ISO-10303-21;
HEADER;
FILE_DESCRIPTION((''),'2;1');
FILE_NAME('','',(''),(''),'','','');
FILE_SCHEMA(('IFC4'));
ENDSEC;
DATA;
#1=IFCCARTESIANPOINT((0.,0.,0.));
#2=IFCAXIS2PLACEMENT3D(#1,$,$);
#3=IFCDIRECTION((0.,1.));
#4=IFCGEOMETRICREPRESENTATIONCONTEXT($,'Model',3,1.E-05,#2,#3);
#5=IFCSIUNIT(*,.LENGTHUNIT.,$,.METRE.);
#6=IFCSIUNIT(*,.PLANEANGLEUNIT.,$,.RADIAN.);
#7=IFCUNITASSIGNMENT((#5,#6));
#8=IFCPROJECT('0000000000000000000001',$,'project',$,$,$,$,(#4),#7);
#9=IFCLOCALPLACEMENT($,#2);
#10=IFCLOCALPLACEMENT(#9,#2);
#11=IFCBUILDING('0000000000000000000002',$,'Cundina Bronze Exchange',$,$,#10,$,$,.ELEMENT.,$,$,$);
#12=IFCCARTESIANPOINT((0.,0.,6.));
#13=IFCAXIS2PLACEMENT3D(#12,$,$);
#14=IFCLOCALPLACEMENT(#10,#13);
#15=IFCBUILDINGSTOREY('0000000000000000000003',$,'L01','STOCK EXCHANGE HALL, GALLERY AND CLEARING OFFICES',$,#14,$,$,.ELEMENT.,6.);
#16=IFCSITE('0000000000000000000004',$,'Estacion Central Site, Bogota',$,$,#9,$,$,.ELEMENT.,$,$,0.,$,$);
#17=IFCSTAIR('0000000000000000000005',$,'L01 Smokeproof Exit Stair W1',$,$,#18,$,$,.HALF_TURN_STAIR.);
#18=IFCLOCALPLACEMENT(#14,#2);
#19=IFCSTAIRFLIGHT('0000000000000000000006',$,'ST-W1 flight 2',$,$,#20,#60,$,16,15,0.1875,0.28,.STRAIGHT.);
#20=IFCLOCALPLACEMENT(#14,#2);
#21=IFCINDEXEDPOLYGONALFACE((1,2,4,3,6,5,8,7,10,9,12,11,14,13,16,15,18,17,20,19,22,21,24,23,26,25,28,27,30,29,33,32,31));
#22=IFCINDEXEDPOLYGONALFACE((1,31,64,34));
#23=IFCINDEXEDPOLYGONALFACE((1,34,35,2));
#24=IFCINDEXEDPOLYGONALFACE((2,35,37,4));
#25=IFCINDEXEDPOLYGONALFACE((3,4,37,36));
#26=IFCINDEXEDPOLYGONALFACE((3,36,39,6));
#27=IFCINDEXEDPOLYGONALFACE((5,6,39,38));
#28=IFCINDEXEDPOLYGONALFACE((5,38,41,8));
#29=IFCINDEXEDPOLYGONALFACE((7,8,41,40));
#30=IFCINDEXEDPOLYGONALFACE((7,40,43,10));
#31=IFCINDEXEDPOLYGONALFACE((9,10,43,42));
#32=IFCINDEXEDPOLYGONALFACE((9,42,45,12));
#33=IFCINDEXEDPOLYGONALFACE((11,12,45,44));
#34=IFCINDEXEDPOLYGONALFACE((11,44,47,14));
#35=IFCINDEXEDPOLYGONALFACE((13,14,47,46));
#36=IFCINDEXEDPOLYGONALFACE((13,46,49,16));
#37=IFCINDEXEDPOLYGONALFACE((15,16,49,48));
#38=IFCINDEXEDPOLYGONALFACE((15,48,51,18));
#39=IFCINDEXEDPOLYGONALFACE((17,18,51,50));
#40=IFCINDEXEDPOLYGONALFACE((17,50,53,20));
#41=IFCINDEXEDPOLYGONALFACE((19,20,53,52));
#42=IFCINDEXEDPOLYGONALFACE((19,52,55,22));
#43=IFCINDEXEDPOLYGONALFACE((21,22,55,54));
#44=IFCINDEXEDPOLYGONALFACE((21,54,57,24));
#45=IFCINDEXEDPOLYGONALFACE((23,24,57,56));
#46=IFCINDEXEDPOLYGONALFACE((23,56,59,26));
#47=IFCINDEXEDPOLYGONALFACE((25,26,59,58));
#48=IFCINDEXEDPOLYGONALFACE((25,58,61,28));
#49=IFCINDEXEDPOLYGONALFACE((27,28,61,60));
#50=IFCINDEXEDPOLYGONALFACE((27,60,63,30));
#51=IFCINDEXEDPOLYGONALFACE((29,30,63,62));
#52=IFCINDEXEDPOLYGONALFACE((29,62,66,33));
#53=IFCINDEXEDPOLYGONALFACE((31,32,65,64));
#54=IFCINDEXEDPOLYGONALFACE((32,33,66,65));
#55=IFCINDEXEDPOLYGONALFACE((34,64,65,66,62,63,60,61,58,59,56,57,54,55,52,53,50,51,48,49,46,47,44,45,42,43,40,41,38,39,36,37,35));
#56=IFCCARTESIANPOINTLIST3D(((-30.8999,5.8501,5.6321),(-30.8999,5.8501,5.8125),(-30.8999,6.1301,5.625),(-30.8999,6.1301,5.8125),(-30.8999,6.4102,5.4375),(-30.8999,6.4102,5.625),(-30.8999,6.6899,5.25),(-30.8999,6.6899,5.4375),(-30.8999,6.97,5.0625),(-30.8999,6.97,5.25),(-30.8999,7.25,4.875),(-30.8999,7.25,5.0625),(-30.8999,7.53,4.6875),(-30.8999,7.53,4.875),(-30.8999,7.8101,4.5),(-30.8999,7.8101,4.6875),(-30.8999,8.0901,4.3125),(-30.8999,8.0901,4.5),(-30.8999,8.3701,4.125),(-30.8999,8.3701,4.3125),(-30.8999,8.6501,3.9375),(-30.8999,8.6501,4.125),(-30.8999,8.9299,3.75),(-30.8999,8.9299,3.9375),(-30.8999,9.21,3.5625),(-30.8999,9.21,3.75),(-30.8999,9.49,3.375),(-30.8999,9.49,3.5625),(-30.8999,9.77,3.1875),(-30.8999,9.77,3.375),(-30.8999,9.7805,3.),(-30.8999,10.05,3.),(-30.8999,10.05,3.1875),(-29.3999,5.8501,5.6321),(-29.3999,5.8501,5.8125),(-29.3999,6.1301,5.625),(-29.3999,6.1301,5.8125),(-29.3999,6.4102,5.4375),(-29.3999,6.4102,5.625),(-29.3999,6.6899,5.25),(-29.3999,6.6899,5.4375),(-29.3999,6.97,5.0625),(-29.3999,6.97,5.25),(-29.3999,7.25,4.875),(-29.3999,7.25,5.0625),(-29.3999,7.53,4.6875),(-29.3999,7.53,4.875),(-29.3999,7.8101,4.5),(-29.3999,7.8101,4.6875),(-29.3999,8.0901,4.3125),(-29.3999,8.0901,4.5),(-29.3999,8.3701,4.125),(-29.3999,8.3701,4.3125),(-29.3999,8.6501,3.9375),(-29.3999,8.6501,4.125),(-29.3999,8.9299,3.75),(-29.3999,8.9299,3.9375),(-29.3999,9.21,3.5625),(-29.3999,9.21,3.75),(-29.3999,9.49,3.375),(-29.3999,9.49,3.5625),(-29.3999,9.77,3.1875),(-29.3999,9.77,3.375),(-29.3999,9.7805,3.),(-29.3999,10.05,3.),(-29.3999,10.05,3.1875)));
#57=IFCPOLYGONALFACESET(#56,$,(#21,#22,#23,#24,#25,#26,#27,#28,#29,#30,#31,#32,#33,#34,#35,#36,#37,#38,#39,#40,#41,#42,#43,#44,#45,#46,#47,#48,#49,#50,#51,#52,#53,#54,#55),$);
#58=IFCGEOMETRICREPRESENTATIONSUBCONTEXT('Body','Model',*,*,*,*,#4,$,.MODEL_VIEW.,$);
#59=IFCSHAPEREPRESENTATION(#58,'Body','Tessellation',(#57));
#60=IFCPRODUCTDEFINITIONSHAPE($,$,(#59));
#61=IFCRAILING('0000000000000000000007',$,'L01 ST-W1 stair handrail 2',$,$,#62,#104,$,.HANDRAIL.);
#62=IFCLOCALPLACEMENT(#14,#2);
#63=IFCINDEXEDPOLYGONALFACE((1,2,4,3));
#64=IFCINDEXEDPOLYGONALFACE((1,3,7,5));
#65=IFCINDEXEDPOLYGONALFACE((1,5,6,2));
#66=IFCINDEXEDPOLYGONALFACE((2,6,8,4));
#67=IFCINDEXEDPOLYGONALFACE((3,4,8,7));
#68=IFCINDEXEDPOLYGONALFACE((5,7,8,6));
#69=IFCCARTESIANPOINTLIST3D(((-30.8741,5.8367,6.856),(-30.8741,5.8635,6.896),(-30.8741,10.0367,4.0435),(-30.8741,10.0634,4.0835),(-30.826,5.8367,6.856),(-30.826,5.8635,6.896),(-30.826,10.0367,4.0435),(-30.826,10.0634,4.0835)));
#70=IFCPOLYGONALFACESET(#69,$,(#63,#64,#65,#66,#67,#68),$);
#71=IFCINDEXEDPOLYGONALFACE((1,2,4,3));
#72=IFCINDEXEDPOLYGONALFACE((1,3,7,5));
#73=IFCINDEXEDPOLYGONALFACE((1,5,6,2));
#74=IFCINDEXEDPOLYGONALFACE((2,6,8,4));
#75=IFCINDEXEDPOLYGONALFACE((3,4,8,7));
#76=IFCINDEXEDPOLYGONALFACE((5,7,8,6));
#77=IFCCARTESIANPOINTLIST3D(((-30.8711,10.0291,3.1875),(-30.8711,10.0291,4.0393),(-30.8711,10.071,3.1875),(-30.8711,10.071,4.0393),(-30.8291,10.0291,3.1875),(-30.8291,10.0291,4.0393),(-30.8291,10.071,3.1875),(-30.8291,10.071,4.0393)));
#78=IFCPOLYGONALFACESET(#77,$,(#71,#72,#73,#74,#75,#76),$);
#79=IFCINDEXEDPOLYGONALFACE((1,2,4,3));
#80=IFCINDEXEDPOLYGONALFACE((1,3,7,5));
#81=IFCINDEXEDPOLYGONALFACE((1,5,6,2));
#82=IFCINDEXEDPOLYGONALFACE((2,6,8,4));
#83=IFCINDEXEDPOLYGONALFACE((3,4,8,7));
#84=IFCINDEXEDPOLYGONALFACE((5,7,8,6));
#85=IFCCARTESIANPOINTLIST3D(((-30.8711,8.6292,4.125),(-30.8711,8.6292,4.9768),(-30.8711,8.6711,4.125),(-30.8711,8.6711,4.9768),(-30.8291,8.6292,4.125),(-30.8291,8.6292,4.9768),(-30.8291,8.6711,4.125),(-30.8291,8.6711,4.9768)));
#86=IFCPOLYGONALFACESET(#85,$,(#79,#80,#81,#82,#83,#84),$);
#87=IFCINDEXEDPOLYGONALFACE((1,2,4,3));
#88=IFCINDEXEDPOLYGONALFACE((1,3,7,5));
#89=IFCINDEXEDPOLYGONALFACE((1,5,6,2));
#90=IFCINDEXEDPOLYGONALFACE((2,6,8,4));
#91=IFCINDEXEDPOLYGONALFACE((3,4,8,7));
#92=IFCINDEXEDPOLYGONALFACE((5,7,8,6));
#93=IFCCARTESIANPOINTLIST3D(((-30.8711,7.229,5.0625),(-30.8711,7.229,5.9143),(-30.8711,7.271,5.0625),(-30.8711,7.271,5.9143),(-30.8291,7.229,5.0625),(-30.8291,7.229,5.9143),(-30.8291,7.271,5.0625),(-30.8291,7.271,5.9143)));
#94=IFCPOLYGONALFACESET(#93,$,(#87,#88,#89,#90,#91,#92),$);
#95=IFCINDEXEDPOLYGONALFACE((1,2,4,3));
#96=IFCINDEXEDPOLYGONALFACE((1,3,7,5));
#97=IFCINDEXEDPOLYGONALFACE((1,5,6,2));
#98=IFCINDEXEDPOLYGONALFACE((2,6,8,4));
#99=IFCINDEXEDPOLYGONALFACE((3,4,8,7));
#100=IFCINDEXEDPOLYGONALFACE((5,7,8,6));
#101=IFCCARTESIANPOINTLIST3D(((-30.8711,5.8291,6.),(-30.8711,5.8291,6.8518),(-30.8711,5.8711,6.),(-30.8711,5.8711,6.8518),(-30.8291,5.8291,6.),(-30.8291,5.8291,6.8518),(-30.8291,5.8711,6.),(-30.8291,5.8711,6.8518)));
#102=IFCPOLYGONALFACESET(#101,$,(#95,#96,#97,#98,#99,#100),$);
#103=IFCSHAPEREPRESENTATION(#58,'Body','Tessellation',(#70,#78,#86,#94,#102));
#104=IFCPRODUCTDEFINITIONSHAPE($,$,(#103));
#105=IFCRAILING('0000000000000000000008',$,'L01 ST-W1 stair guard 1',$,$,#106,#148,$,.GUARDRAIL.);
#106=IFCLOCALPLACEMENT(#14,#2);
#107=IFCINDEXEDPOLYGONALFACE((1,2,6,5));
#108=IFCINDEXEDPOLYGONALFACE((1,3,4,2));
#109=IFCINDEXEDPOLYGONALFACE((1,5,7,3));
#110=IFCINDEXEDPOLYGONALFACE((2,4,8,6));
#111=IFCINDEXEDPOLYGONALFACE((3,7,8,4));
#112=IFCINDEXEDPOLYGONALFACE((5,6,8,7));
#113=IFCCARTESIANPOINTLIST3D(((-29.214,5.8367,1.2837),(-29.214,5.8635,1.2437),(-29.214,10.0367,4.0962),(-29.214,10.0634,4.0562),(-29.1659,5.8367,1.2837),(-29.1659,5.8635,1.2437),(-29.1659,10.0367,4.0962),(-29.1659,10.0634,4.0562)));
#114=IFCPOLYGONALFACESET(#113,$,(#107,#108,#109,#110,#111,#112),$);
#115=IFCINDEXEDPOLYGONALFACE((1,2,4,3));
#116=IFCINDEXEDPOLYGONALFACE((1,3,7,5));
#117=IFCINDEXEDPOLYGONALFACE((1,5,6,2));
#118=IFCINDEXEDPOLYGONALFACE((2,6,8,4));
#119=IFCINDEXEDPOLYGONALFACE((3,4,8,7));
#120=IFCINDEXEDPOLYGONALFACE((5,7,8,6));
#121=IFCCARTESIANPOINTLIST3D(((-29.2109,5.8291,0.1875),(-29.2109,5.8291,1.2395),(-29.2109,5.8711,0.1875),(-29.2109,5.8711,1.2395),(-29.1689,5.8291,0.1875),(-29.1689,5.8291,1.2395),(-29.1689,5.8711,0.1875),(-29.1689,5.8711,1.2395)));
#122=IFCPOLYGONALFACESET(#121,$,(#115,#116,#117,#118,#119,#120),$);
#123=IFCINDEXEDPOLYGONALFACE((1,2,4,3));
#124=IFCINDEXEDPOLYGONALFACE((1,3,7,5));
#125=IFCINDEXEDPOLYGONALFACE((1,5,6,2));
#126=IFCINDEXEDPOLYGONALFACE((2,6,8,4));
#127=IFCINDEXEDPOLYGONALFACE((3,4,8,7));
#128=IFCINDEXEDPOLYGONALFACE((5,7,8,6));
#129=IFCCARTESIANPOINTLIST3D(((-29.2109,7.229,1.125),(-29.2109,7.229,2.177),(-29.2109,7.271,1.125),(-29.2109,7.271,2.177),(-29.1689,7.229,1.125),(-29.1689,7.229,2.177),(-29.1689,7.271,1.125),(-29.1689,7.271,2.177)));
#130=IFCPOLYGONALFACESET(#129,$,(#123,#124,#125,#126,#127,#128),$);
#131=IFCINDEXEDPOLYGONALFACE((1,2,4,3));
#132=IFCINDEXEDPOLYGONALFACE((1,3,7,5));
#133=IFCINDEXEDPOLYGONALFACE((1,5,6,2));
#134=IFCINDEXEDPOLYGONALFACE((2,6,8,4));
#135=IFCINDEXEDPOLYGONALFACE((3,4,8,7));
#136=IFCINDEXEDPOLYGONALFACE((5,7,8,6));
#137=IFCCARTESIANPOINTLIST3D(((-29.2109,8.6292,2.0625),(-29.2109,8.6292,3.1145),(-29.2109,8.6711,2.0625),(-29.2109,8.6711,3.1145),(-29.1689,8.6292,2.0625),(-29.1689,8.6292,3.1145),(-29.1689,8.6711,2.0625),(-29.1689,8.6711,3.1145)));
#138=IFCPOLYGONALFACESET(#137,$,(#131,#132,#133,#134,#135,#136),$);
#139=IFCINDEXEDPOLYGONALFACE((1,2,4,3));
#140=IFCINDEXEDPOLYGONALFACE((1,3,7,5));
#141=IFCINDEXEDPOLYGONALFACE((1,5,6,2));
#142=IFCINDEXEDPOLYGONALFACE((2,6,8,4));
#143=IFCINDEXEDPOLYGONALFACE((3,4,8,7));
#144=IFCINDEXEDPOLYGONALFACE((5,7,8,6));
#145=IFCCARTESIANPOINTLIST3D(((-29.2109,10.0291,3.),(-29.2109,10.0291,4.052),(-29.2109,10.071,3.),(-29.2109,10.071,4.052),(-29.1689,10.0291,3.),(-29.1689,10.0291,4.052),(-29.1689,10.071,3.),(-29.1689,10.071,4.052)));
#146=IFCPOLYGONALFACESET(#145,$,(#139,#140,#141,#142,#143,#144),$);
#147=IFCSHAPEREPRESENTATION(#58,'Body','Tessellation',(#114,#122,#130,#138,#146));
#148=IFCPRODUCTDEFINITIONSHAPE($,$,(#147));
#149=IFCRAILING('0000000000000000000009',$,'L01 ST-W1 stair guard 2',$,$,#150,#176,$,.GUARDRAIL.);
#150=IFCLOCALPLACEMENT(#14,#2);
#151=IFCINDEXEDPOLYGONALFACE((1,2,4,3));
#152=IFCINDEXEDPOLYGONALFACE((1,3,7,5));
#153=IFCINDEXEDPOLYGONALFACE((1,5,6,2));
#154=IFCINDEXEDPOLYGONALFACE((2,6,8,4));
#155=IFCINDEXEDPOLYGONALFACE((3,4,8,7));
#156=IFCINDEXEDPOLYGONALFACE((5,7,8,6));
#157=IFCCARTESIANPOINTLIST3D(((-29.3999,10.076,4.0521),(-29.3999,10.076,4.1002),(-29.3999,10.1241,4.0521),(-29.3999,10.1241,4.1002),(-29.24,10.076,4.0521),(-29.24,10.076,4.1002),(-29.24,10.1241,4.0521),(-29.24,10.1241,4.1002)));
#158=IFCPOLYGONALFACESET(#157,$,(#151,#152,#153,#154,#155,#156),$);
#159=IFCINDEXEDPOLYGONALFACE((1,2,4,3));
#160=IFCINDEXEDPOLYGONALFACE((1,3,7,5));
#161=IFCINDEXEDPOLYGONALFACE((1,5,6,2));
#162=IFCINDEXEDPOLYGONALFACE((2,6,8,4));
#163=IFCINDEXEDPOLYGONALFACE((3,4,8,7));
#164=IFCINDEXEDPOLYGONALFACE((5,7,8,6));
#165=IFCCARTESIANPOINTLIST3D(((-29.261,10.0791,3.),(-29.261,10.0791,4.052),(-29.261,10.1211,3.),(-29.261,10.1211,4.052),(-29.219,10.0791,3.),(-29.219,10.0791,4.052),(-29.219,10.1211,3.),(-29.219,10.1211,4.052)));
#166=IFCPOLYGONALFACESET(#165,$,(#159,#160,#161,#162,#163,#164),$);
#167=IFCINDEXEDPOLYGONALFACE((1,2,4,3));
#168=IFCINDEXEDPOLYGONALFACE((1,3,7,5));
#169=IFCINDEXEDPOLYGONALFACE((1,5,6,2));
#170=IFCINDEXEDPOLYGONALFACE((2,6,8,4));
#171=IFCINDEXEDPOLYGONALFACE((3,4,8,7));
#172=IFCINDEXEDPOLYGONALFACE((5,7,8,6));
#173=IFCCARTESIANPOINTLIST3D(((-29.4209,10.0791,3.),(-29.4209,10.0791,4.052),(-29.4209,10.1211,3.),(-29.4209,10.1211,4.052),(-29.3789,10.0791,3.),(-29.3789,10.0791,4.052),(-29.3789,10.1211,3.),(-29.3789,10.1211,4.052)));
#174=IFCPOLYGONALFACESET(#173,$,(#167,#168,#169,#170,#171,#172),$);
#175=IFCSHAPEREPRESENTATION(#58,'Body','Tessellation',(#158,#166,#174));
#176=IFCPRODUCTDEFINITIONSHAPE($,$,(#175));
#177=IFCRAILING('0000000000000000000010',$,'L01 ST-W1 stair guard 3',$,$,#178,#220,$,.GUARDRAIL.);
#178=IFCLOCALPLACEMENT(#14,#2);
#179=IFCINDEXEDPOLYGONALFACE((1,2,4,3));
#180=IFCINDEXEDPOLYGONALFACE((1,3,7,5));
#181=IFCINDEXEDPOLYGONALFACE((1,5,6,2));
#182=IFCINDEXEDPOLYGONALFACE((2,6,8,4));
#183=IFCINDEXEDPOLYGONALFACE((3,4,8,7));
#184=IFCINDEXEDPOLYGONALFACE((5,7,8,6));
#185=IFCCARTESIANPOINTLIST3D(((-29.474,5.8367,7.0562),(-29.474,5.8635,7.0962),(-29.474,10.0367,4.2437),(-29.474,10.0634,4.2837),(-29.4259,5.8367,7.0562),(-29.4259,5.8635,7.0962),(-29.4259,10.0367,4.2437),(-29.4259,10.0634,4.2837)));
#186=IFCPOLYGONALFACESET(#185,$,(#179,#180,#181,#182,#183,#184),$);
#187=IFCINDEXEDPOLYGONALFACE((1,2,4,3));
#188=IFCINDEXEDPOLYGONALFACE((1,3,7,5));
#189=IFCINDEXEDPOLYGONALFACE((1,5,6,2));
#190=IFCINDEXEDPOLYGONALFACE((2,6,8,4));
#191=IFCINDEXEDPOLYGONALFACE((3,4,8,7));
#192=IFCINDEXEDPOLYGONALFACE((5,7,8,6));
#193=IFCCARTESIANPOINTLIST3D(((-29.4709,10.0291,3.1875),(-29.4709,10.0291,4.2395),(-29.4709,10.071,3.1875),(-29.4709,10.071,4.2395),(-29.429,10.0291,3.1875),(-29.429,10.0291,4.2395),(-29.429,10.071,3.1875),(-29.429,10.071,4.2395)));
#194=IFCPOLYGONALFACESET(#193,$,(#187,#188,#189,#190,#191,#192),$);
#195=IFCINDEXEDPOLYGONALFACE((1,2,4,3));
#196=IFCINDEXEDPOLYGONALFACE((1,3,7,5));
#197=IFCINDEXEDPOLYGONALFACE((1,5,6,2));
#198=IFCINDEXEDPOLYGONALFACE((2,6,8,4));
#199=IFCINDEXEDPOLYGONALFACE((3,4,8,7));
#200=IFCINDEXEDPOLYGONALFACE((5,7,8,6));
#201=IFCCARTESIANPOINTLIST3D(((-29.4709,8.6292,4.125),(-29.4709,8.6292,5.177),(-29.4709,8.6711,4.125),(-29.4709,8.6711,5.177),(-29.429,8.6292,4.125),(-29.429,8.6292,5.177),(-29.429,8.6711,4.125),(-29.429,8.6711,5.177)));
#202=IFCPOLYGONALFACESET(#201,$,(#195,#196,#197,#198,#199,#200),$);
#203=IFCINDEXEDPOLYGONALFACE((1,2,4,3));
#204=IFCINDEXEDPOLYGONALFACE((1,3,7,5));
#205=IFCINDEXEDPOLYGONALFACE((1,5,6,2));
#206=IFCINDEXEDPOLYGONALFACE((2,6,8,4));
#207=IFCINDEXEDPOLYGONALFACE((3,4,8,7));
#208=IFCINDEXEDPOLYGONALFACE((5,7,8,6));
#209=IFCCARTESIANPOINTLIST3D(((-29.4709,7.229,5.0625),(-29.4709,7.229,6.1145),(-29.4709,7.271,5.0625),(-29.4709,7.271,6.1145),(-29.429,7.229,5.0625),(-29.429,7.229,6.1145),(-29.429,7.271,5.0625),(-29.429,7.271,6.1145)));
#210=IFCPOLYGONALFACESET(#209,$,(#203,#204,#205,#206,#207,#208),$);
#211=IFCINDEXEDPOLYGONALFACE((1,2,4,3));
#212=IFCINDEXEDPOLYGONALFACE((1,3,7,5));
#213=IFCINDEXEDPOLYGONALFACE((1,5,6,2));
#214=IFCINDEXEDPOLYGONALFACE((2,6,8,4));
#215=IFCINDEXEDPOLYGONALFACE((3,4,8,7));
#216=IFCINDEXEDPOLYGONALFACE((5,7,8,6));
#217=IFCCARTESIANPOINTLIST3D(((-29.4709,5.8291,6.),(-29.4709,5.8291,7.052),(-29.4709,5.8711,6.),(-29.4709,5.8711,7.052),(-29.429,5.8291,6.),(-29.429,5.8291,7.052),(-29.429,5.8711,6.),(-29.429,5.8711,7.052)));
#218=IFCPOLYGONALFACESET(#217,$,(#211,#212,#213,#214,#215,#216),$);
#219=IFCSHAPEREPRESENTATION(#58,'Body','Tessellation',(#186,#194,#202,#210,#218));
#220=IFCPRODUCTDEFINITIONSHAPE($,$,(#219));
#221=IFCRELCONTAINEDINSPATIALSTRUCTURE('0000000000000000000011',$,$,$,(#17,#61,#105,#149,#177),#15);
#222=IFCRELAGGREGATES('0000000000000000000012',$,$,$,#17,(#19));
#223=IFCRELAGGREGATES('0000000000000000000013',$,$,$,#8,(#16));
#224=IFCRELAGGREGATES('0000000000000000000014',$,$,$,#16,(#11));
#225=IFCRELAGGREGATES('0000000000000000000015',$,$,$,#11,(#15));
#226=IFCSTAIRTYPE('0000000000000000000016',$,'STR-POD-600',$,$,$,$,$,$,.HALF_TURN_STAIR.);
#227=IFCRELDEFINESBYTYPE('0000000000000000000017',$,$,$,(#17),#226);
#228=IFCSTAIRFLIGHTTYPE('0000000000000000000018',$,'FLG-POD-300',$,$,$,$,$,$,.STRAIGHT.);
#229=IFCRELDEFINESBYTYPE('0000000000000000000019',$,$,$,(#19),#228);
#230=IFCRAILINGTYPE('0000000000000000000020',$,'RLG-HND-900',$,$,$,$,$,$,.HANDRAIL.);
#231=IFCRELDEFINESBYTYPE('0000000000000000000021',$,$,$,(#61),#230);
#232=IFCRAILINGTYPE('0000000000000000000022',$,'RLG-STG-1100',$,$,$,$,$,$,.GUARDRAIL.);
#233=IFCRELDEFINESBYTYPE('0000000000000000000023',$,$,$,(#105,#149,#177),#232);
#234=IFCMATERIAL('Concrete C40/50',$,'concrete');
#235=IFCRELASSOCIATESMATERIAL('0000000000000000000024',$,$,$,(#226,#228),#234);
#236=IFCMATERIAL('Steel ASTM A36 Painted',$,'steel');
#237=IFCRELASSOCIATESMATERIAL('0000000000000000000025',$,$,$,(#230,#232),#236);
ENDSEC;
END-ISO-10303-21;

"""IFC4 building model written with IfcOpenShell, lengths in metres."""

from ifc_helpers import new_model, si_unit, direction, frame, origin, origin_2d, place, context, subcontext, project, spatial, polyline, rectangle, outline, extrude, material, type_object, element, aggregate, save


model = new_model("IFC4")

# Units and contexts
model_context = context("Model", 3, precision=1e-05, world=origin(), true_north=direction((0.0, 1.0)))
body_context = subcontext(model_context, "Body", "Model", "MODEL_VIEW")
ifc_project = project(units=[si_unit("LENGTHUNIT", "METRE"), si_unit("PLANEANGLEUNIT", "RADIAN")], contexts=[model_context])

# Site, building, storey
site_placement = place(None, origin())
site = spatial("IfcSite", under=ifc_project, at=site_placement, Name="Estacion Central Site, Bogota", CompositionType="ELEMENT", RefElevation=0.0)
building_placement = place(site_placement, origin())
building = spatial("IfcBuilding", under=site, at=building_placement, Name="Cundina Bronze Exchange", CompositionType="ELEMENT")
storey_placement = place(building_placement, frame((0.0, 0.0, 6.0)))
storey = spatial("IfcBuildingStorey", under=building, at=storey_placement, Name="L01", Description="STOCK EXCHANGE HALL, GALLERY AND CLEARING OFFICES", CompositionType="ELEMENT", Elevation=6.0)

# Shared definitions
ifc_material_1 = material(Name="Concrete C40/50", Category="concrete")

# Shared definitions
ifc_material_2 = material(Name="Steel ASTM A36 Painted", Category="steel")

# Stair, stair flight
stair_type = type_object("IfcStairType", Name="STR-POD-600", PredefinedType="HALF_TURN_STAIR", material=ifc_material_1)
stair_placement = place(storey_placement, origin())
stair = element("IfcStair", 1, at=stair_placement, inside=storey, type_object=stair_type, Name="L01 Smokeproof Exit Stair W1", PredefinedType="HALF_TURN_STAIR")
stair_flight_type = type_object("IfcStairFlightType", Name="FLG-POD-300", PredefinedType="STRAIGHT", material=ifc_material_1)
stair_flight_1_placement = place(storey_placement, frame((-30.1499, 10.05, 3.0), z_axis=(0.0, 0.0, 1.0), x_axis=(0.0, -1.0, 0.0)))
stair_flight_1 = element("IfcStairFlight", 2, at=stair_flight_1_placement, type_object=stair_flight_type, Name="ST-W1 flight 2", NumberOfRisers=16, NumberOfTreads=15, PredefinedType="STRAIGHT", RiserHeight=0.1875, TreadLength=0.28, context=body_context, shape_type="SweptSolid", body=[
    extrude(outline(polyline([(0.0, 0.0), (0.0, 0.1875), (0.28, 0.1875), (0.28, 0.375), (0.5601, 0.375), (0.5601, 0.5625), (0.8401, 0.5625), (0.8401, 0.75), (1.1201, 0.75), (1.1201, 0.9375), (1.3999, 0.9375), (1.3999, 1.125), (1.6799, 1.125), (1.6799, 1.3125), (1.96, 1.3125), (1.96, 1.5), (2.24, 1.5), (2.24, 1.6875), (2.52, 1.6875), (2.52, 1.875), (2.8, 1.875), (2.8, 2.0625), (3.0801, 2.0625), (3.0801, 2.25), (3.3601, 2.25), (3.3601, 2.4375), (3.6399, 2.4375), (3.6399, 2.625), (3.9199, 2.625), (3.9199, 2.8125), (4.2, 2.8125), (4.2, 3.0), (4.2, 2.6321), (0.2695, 0.0), (0.0, 0.0)])), frame((0.0, 0.75, 0.0), z_axis=(0.0, -1.0, 0.0), x_axis=(1.0, 0.0, 0.0)), (0.0, 0.0, 1.0), 1.5),
])
aggregate(stair, [stair_flight_1])

# Railings
railing_type_1 = type_object("IfcRailingType", Name="RLG-HND-900", PredefinedType="HANDRAIL", material=ifc_material_2)
railing_1_placement = place(storey_placement, frame((-30.8501, 10.05, 3.1875)))
element("IfcRailing", 3, at=railing_1_placement, inside=storey, type_object=railing_type_1, Name="L01 ST-W1 stair handrail 2", PredefinedType="HANDRAIL", context=body_context, shape_type="SweptSolid", body=[
    extrude(rectangle(XDim=0.0481, YDim=0.0481, at=origin_2d()), frame((0.0, 0.0, 0.876), z_axis=(0.0, -0.830904, 0.556416), x_axis=(1.0, 0.0, 0.0)), (0.0, 0.0, 1.0), 5.0547),
    extrude(rectangle(XDim=0.042, YDim=0.042, at=origin_2d()), origin(), (0.0, 0.0, 1.0), 0.8518),
    extrude(rectangle(XDim=0.042, YDim=0.042, at=origin_2d()), frame((0.0, -1.3999, 0.9375)), (0.0, 0.0, 1.0), 0.8518),
    extrude(rectangle(XDim=0.042, YDim=0.042, at=origin_2d()), frame((0.0, -2.8, 1.875)), (0.0, 0.0, 1.0), 0.8518),
    extrude(rectangle(XDim=0.042, YDim=0.042, at=origin_2d()), frame((0.0, -4.2, 2.8125)), (0.0, 0.0, 1.0), 0.8518),
])
railing_type_2 = type_object("IfcRailingType", Name="RLG-STG-1100", PredefinedType="GUARDRAIL", material=ifc_material_2)
railing_2_placement = place(storey_placement, frame((-29.1899, 5.8501, 0.1875)))
element("IfcRailing", 4, at=railing_2_placement, inside=storey, type_object=railing_type_2, Name="L01 ST-W1 stair guard 1", PredefinedType="GUARDRAIL", context=body_context, shape_type="SweptSolid", body=[
    extrude(rectangle(XDim=0.0481, YDim=0.0481, at=origin_2d()), frame((0.0, 0.0, 1.0762), z_axis=(0.0, 0.830904, 0.556416), x_axis=(-1.0, 0.0, 0.0)), (0.0, 0.0, 1.0), 5.0547),
    extrude(rectangle(XDim=0.042, YDim=0.042, at=origin_2d()), origin(), (0.0, 0.0, 1.0), 1.052),
    extrude(rectangle(XDim=0.042, YDim=0.042, at=origin_2d()), frame((0.0, 1.3999, 0.9375)), (0.0, 0.0, 1.0), 1.052),
    extrude(rectangle(XDim=0.042, YDim=0.042, at=origin_2d()), frame((0.0, 2.8, 1.875)), (0.0, 0.0, 1.0), 1.052),
    extrude(rectangle(XDim=0.042, YDim=0.042, at=origin_2d()), frame((0.0, 4.2, 2.8125)), (0.0, 0.0, 1.0), 1.052),
])
railing_3_placement = place(storey_placement, frame((-29.24, 10.1001, 3.0)))
element("IfcRailing", 5, at=railing_3_placement, inside=storey, type_object=railing_type_2, Name="L01 ST-W1 stair guard 2", PredefinedType="GUARDRAIL", context=body_context, shape_type="SweptSolid", body=[
    extrude(rectangle(XDim=0.0481, YDim=0.0481, at=origin_2d()), frame((0.0, 0.0, 1.0762), z_axis=(-1.0, 0.0, 0.0), x_axis=(0.0, -1.0, 0.0)), (0.0, 0.0, 1.0), 0.1599),
    extrude(rectangle(XDim=0.042, YDim=0.042, at=origin_2d()), origin(), (0.0, 0.0, 1.0), 1.052),
    extrude(rectangle(XDim=0.042, YDim=0.042, at=origin_2d()), frame((-0.1599, 0.0, 0.0)), (0.0, 0.0, 1.0), 1.052),
])
railing_4_placement = place(storey_placement, frame((-29.45, 10.05, 3.1875)))
element("IfcRailing", 6, at=railing_4_placement, inside=storey, type_object=railing_type_2, Name="L01 ST-W1 stair guard 3", PredefinedType="GUARDRAIL", context=body_context, shape_type="SweptSolid", body=[
    extrude(rectangle(XDim=0.0481, YDim=0.0481, at=origin_2d()), frame((0.0, 0.0, 1.0762), z_axis=(0.0, -0.830904, 0.556416), x_axis=(1.0, 0.0, 0.0)), (0.0, 0.0, 1.0), 5.0547),
    extrude(rectangle(XDim=0.042, YDim=0.042, at=origin_2d()), origin(), (0.0, 0.0, 1.0), 1.052),
    extrude(rectangle(XDim=0.042, YDim=0.042, at=origin_2d()), frame((0.0, -1.3999, 0.9375)), (0.0, 0.0, 1.0), 1.052),
    extrude(rectangle(XDim=0.042, YDim=0.042, at=origin_2d()), frame((0.0, -2.8, 1.875)), (0.0, 0.0, 1.0), 1.052),
    extrude(rectangle(XDim=0.042, YDim=0.042, at=origin_2d()), frame((0.0, -4.2, 2.8125)), (0.0, 0.0, 1.0), 1.052),
])

save(model, "model.ifc")
